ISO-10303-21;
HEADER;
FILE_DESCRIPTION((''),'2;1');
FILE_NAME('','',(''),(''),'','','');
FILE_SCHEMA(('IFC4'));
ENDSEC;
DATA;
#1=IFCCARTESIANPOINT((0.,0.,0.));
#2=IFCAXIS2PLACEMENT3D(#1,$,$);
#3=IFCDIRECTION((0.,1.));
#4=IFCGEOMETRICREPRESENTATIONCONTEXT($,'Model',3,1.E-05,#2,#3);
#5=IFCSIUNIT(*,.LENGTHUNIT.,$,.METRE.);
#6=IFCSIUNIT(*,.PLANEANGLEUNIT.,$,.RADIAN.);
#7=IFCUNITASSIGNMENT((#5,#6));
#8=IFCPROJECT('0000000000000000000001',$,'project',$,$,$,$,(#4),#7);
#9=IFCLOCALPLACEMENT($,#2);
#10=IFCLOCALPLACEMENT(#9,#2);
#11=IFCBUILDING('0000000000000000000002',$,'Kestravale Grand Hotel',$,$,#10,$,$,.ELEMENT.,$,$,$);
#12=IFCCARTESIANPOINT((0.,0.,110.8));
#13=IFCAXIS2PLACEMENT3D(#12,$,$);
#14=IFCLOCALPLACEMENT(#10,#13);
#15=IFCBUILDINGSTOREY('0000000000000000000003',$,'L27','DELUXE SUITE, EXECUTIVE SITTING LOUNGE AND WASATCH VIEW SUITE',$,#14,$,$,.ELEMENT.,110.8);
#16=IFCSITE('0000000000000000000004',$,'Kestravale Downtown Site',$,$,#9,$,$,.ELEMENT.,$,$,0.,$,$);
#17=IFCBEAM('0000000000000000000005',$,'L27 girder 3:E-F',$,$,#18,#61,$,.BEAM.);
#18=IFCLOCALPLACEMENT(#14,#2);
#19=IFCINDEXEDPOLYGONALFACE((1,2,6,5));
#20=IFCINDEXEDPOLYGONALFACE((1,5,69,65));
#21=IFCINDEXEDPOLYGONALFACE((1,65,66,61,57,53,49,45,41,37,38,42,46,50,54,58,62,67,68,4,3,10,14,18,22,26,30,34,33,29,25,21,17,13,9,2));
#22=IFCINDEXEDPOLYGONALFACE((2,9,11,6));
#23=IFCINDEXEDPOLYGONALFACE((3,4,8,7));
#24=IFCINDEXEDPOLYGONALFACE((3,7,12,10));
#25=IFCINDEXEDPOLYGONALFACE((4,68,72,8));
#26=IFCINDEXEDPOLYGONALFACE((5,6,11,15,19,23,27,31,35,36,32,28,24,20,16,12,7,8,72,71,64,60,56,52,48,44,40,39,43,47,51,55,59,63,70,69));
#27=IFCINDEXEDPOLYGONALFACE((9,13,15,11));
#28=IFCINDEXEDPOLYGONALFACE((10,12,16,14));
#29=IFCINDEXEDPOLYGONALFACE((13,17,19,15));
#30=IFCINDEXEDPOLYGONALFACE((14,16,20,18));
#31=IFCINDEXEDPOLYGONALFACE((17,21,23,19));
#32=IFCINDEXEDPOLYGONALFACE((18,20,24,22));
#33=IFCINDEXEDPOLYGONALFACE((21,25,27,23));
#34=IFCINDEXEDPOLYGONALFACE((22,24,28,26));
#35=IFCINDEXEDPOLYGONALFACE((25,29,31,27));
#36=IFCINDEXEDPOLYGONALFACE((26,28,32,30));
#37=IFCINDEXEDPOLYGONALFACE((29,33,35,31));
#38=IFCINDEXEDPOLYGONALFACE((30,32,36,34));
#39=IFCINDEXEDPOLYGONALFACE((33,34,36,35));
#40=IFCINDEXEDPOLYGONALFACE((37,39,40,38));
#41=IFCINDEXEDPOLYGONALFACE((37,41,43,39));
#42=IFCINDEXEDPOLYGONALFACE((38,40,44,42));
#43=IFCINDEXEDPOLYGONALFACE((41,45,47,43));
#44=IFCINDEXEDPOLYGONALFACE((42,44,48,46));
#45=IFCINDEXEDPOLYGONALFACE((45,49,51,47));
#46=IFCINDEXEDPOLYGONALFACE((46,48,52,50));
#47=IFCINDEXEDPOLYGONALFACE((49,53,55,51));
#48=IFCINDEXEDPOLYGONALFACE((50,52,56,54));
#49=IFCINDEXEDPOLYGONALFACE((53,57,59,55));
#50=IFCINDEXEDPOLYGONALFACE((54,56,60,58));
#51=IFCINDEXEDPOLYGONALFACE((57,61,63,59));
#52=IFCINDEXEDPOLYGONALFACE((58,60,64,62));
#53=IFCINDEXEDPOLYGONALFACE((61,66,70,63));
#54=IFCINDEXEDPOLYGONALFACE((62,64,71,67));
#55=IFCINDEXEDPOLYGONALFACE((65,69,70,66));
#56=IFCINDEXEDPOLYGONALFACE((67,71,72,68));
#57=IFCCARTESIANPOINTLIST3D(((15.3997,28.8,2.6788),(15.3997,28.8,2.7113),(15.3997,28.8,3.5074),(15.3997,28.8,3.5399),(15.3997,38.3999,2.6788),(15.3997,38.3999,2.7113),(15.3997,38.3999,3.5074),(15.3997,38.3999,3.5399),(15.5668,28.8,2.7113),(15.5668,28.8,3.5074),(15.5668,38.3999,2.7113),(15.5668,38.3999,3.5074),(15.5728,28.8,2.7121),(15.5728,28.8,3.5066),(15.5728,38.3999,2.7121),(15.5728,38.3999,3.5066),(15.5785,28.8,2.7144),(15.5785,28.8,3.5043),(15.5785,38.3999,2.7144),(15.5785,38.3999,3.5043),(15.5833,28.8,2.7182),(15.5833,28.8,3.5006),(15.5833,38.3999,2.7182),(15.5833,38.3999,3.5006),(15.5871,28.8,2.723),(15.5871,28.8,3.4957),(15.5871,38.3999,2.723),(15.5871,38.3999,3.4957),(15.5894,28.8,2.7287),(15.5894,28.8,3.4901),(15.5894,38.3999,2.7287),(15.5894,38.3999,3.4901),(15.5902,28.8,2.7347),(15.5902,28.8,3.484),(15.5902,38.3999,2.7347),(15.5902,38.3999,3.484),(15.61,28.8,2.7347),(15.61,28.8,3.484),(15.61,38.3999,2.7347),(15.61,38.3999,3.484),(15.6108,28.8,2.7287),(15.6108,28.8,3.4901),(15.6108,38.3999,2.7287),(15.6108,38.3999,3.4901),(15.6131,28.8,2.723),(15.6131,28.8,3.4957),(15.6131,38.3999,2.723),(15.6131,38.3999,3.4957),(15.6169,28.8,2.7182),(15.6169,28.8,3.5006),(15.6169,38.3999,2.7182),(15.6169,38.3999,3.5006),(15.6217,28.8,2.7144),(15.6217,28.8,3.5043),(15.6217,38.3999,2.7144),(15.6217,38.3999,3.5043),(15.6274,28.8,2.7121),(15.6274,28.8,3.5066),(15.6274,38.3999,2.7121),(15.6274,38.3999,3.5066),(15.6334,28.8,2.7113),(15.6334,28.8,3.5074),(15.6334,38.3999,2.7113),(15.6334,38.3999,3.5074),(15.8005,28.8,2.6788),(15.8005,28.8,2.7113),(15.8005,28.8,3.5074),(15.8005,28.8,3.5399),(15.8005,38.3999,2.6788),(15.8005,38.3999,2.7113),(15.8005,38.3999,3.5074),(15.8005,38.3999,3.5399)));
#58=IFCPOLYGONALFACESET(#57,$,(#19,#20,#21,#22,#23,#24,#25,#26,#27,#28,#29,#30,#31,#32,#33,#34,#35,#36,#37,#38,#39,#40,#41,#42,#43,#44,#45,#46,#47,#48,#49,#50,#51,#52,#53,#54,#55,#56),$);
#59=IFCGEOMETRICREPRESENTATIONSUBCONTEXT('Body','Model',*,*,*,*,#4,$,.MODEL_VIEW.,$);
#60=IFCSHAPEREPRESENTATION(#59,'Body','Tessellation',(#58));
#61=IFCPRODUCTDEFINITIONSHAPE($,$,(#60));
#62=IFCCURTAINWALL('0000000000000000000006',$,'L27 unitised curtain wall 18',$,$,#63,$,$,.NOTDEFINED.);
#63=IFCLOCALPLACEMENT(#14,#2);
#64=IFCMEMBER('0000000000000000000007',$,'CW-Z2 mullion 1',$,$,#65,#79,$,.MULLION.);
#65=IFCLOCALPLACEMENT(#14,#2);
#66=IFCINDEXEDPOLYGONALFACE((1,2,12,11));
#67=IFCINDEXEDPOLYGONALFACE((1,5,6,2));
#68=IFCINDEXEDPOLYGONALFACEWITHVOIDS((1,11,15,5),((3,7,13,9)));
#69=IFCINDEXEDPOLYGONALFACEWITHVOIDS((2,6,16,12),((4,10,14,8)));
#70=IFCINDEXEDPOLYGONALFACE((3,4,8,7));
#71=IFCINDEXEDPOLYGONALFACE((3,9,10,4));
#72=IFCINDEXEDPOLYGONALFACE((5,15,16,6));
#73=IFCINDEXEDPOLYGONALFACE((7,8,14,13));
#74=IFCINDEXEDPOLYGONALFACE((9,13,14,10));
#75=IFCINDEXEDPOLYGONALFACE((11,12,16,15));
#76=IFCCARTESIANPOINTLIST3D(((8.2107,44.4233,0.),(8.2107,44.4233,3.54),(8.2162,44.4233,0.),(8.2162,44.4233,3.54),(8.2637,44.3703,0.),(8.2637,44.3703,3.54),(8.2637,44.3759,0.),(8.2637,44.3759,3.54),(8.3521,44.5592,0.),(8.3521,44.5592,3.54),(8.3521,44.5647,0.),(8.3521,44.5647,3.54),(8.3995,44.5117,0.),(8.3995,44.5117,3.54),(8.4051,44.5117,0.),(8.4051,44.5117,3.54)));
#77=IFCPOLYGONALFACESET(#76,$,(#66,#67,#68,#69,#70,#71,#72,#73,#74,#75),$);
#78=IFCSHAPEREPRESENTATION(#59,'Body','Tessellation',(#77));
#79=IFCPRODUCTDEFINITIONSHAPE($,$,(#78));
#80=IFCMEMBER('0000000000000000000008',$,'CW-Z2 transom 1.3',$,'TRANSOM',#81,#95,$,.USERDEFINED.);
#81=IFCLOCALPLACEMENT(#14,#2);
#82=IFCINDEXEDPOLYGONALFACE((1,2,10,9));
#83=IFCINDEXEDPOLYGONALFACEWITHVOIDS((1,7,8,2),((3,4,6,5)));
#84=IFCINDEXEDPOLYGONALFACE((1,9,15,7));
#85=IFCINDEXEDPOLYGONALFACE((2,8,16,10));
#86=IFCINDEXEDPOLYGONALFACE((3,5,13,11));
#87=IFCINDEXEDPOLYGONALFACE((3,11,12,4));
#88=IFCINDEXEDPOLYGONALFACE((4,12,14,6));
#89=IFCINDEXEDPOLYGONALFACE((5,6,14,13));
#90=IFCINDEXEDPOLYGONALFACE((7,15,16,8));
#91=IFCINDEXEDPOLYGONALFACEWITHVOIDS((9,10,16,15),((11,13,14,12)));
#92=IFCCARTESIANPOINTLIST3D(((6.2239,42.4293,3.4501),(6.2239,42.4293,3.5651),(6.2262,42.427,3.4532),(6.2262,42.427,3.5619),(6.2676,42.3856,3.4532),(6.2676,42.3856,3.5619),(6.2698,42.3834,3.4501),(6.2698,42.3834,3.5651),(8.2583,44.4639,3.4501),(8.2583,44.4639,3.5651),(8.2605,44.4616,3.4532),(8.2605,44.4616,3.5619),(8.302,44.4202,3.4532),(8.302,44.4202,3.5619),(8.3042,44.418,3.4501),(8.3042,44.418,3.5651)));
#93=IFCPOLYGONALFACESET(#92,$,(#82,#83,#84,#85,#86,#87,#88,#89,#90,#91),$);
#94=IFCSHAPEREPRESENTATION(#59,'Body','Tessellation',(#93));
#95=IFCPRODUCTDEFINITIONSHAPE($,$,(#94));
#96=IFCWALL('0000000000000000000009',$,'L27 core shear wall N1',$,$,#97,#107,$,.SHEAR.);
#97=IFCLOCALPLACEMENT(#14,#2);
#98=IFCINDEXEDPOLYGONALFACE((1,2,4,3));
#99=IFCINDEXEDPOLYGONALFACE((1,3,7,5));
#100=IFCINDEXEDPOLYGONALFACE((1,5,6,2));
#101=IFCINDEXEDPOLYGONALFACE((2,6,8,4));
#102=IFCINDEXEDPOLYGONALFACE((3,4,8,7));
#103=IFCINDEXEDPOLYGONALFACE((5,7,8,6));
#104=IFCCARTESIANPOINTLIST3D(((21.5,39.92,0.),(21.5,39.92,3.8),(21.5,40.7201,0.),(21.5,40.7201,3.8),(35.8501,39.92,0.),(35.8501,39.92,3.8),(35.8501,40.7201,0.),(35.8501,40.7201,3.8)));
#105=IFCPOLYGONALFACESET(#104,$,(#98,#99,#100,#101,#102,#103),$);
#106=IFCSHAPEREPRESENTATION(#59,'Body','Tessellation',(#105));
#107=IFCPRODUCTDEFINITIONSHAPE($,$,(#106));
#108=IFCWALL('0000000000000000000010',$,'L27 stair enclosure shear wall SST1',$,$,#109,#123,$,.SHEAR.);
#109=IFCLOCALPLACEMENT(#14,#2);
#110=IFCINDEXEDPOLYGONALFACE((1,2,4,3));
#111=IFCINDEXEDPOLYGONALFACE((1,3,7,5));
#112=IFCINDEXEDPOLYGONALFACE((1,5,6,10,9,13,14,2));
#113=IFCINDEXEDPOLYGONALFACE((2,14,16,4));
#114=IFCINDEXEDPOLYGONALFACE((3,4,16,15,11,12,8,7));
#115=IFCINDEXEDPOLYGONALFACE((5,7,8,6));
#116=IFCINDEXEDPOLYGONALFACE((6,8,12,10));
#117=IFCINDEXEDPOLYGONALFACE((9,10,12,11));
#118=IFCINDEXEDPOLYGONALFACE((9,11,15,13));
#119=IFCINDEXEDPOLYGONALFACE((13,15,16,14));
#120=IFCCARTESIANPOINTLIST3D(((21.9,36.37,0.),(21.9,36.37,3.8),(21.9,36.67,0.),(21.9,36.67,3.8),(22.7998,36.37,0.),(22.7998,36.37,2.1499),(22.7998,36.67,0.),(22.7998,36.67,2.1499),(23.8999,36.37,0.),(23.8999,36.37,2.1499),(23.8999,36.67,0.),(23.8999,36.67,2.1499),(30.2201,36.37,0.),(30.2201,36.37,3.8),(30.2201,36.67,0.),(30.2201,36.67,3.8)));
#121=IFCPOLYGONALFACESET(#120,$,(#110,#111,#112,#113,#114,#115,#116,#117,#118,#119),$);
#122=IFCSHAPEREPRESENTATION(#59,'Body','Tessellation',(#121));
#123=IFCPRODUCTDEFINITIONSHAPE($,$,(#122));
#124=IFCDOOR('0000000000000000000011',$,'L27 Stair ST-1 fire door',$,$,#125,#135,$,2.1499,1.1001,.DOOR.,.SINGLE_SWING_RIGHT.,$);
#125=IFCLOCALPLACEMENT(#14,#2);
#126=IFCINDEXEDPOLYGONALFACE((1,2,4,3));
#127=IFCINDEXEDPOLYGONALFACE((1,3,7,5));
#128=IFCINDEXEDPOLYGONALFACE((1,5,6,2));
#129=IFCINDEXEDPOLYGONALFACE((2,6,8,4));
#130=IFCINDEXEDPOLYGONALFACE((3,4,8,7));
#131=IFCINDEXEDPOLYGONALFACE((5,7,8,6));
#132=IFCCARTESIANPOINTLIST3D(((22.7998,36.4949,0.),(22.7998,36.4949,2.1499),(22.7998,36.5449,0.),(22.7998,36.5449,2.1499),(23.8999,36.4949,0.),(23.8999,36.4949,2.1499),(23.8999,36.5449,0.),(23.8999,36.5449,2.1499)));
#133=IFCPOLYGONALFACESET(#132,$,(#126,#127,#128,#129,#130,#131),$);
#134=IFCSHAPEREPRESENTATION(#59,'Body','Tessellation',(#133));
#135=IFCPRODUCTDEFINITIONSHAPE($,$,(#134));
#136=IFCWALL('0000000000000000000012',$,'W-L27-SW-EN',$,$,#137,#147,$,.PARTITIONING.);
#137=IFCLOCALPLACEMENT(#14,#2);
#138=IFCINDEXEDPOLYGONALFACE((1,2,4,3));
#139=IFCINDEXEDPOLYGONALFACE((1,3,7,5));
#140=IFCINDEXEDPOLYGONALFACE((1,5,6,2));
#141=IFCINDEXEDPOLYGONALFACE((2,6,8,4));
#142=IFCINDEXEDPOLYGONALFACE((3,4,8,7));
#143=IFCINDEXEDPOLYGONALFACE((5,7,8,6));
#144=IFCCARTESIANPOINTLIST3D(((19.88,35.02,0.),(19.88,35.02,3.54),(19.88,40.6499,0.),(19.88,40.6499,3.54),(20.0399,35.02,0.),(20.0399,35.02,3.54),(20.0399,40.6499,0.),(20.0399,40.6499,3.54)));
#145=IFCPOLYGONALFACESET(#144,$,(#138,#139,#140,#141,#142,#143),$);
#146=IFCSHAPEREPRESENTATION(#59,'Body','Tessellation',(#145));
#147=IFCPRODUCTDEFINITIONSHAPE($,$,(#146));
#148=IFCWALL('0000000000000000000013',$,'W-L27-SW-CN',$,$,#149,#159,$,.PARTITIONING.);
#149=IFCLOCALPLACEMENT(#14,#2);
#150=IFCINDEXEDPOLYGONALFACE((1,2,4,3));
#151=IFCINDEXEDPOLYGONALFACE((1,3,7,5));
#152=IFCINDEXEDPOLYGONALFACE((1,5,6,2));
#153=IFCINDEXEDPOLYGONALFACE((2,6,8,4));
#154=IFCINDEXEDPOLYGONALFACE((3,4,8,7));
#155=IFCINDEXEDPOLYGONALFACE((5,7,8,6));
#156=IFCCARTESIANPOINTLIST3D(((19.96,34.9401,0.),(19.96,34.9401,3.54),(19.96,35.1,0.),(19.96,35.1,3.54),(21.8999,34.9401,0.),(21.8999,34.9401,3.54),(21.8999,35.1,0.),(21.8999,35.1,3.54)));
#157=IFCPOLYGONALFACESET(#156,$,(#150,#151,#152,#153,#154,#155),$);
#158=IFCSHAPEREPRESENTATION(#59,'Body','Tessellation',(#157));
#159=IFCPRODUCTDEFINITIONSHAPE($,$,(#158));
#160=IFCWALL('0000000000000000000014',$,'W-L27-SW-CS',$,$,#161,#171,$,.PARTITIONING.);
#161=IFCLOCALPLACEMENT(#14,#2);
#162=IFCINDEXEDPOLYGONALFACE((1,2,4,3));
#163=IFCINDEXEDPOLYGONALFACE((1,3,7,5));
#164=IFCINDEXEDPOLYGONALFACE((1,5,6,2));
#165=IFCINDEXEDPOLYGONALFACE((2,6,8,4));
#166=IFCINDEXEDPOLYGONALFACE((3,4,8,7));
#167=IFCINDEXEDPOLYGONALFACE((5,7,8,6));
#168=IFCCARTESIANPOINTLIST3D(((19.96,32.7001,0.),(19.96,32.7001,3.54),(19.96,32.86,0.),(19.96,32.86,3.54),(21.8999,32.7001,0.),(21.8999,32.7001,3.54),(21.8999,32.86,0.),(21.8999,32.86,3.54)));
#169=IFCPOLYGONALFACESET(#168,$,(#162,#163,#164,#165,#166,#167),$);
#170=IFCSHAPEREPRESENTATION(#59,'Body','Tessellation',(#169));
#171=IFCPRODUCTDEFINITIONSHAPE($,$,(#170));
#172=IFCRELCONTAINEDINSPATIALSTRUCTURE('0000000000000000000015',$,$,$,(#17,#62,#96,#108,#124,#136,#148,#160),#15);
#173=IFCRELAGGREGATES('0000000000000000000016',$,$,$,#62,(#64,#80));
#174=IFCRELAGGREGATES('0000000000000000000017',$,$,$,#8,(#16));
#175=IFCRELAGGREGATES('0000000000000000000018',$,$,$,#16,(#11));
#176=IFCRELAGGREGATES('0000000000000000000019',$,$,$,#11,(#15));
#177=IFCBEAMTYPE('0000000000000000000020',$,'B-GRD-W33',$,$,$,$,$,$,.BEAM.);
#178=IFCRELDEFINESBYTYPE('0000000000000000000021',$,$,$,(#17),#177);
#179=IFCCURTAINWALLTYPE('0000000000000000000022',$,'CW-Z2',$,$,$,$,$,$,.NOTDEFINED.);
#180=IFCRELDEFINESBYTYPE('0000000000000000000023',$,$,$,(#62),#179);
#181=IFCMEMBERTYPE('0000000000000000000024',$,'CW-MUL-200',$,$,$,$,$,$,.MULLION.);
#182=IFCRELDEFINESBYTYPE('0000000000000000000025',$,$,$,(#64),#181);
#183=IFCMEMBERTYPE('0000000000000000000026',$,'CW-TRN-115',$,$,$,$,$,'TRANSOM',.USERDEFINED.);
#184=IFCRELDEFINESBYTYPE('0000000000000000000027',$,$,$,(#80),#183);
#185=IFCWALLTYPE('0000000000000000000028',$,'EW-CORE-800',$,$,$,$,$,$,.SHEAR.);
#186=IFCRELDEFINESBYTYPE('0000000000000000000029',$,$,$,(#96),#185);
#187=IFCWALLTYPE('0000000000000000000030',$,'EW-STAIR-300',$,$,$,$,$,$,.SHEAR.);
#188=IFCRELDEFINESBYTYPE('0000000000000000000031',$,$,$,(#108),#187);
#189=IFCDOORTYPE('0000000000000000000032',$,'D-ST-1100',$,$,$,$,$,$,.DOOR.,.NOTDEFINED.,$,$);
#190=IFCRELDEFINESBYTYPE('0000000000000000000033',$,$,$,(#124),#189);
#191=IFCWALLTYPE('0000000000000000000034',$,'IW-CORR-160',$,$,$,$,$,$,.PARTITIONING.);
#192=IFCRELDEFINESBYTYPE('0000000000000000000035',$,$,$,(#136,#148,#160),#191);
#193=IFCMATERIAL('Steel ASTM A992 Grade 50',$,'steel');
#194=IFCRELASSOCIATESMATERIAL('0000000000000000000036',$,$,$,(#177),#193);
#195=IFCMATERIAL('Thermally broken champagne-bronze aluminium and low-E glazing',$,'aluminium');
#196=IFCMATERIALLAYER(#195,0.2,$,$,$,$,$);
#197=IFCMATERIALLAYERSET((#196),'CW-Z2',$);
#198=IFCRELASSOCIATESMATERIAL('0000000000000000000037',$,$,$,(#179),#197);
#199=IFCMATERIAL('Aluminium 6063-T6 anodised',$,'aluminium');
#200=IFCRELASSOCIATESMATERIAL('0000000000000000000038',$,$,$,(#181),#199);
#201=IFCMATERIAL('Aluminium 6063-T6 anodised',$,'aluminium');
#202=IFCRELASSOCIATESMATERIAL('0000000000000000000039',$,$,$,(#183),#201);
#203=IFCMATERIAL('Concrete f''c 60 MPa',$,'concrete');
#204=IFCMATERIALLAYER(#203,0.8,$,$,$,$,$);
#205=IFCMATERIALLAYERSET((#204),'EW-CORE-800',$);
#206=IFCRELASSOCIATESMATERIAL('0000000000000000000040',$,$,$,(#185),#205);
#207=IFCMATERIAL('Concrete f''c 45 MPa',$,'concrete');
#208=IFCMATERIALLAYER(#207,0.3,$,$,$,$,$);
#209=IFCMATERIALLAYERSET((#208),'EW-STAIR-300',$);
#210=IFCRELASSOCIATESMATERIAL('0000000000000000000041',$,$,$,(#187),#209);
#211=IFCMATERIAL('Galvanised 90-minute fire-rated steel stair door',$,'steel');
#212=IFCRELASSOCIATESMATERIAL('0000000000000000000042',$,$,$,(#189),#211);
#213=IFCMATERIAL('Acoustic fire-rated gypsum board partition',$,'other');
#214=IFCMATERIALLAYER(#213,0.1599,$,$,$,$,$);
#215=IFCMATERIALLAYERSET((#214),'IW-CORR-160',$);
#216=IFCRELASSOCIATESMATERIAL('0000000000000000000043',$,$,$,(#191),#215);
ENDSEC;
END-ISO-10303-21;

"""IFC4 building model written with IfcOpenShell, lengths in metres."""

from ifc_helpers import new_model, si_unit, direction, frame, frame_2d, origin, origin_2d, place, context, subcontext, project, spatial, rectangle, hollow_rectangle, i_section, extrude, material, layer, layer_set, material_profile, profile_set, type_object, element, fill, aggregate, save


model = new_model("IFC4")

# Units and contexts
model_context = context("Model", 3, precision=1e-05, world=origin(), true_north=direction((0.0, 1.0)))
body_context = subcontext(model_context, "Body", "Model", "MODEL_VIEW")
ifc_project = project(units=[si_unit("LENGTHUNIT", "METRE"), si_unit("PLANEANGLEUNIT", "RADIAN")], contexts=[model_context])

# Site, building, storey
site_placement = place(None, origin())
site = spatial("IfcSite", under=ifc_project, at=site_placement, Name="Kestravale Downtown Site", CompositionType="ELEMENT", RefElevation=0.0)
building_placement = place(site_placement, origin())
building = spatial("IfcBuilding", under=site, at=building_placement, Name="Kestravale Grand Hotel", CompositionType="ELEMENT")
storey_placement = place(building_placement, frame((0.0, 0.0, 110.8)))
storey = spatial("IfcBuildingStorey", under=building, at=storey_placement, Name="L27", Description="DELUXE SUITE, EXECUTIVE SITTING LOUNGE AND WASATCH VIEW SUITE", CompositionType="ELEMENT", Elevation=110.8)

# Beam
ifc_material_1 = material(Name="Steel ASTM A992 Grade 50", Category="steel")
ifc_material_profile_1 = material_profile(ifc_material_1, i_section(OverallWidth=0.4009, OverallDepth=0.8611, WebThickness=0.0198, FlangeThickness=0.0325, FilletRadius=0.0234, at=origin_2d()))
ifc_profile_set_1 = profile_set([ifc_material_profile_1], Name="Steel ASTM A992 Grade 50")
beam_type_1 = type_object("IfcBeamType", Name="B-GRD-W33", PredefinedType="BEAM", material=ifc_profile_set_1)
beam_1_placement = place(storey_placement, frame((15.6001, 28.8, 3.1094), z_axis=(0.0, 1.0, 0.0), x_axis=(-1.0, 0.0, 0.0)))
element("IfcBeam", 1, at=beam_1_placement, inside=storey, type_object=beam_type_1, Name="L27 girder 3:E-F", PredefinedType="BEAM", context=body_context, shape_type="SweptSolid", body=[
    extrude(i_section(OverallWidth=0.4009, OverallDepth=0.8611, WebThickness=0.0198, FlangeThickness=0.0325, FilletRadius=0.0234, at=origin_2d()), origin(), (0.0, 0.0, 1.0), 9.5999),
])

# Curtain wall, members
ifc_material_2 = material(Name="Thermally broken champagne-bronze aluminium and low-E glazing", Category="aluminium")
ifc_layer_1 = layer(ifc_material_2, 0.2)
ifc_layer_set_1 = layer_set([ifc_layer_1], Name="CW-Z2")
curtain_wall_type = type_object("IfcCurtainWallType", Name="CW-Z2", PredefinedType="NOTDEFINED", material=ifc_layer_set_1)
curtain_wall_placement = place(storey_placement, origin())
curtain_wall = element("IfcCurtainWall", 2, at=curtain_wall_placement, inside=storey, type_object=curtain_wall_type, Name="L27 unitised curtain wall 18", PredefinedType="NOTDEFINED")
ifc_material_3 = material(Name="Aluminium 6063-T6 anodised", Category="aluminium")
ifc_material_profile_2 = material_profile(ifc_material_3, hollow_rectangle(XDim=0.075, YDim=0.2, WallThickness=0.0039, at=origin_2d()))
ifc_profile_set_2 = profile_set([ifc_material_profile_2], Name="Aluminium 6063-T6 anodised")
member_type_1 = type_object("IfcMemberType", Name="CW-MUL-200", PredefinedType="MULLION", material=ifc_profile_set_2)
member_1_placement = place(storey_placement, frame((8.3079, 44.4675, 0.0), z_axis=(0.0, 0.0, 1.0), x_axis=(0.707107, -0.707107, 0.0)))
member_1 = element("IfcMember", 3, at=member_1_placement, type_object=member_type_1, Name="CW-Z2 mullion 1", PredefinedType="MULLION", context=body_context, shape_type="SweptSolid", body=[
    extrude(hollow_rectangle(XDim=0.075, YDim=0.2, WallThickness=0.0039, at=origin_2d()), origin(), (0.0, 0.0, 1.0), 3.54),
])
ifc_material_4 = material(Name="Aluminium 6063-T6 anodised", Category="aluminium")
ifc_material_profile_3 = material_profile(ifc_material_4, hollow_rectangle(XDim=0.0649, YDim=0.115, WallThickness=0.0032, at=origin_2d()))
ifc_profile_set_3 = profile_set([ifc_material_profile_3], Name="Aluminium 6063-T6 anodised")
member_type_2 = type_object("IfcMemberType", Name="CW-TRN-115", ElementType="TRANSOM", PredefinedType="USERDEFINED", material=ifc_profile_set_3)
member_2_placement = place(storey_placement, frame((8.2812, 44.4409, 3.5076), z_axis=(-0.707064, -0.707149, 0.0), x_axis=(0.707149, -0.707064, 0.0)))
member_2 = element("IfcMember", 4, at=member_2_placement, type_object=member_type_2, Name="CW-Z2 transom 1.3", ObjectType="TRANSOM", PredefinedType="USERDEFINED", context=body_context, shape_type="SweptSolid", body=[
    extrude(hollow_rectangle(XDim=0.0649, YDim=0.115, WallThickness=0.0032, at=origin_2d()), origin(), (0.0, 0.0, 1.0), 2.8772),
])
aggregate(curtain_wall, [member_1, member_2])

# Wall
ifc_material_5 = material(Name="Concrete f'c 60 MPa", Category="concrete")
ifc_layer_2 = layer(ifc_material_5, 0.8)
ifc_layer_set_2 = layer_set([ifc_layer_2], Name="EW-CORE-800")
wall_type_1 = type_object("IfcWallType", Name="EW-CORE-800", PredefinedType="SHEAR", material=ifc_layer_set_2)
wall_1_placement = place(storey_placement, frame((21.5, 40.3201, 0.0), z_axis=(0.0, 0.0, 1.0), x_axis=(1.0, 0.0, 0.0)))
element("IfcWall", 5, at=wall_1_placement, inside=storey, type_object=wall_type_1, Name="L27 core shear wall N1", PredefinedType="SHEAR", context=body_context, shape_type="SweptSolid", body=[
    extrude(rectangle(XDim=14.3501, YDim=0.8, at=frame_2d((7.175, 0.0))), origin(), (0.0, 0.0, 1.0), 3.8),
])

# Wall, opening, door
ifc_material_6 = material(Name="Concrete f'c 45 MPa", Category="concrete")
ifc_layer_3 = layer(ifc_material_6, 0.3)
ifc_layer_set_3 = layer_set([ifc_layer_3], Name="EW-STAIR-300")
wall_type_2 = type_object("IfcWallType", Name="EW-STAIR-300", PredefinedType="SHEAR", material=ifc_layer_set_3)
wall_2_placement = place(storey_placement, frame((21.8999, 36.52, 0.0), z_axis=(0.0, 0.0, 1.0), x_axis=(1.0, 0.0, 0.0)))
wall_2 = element("IfcWall", 6, at=wall_2_placement, inside=storey, type_object=wall_type_2, Name="L27 stair enclosure shear wall SST1", PredefinedType="SHEAR", context=body_context, shape_type="SweptSolid", body=[
    extrude(rectangle(XDim=8.3201, YDim=0.3, at=frame_2d((4.1602, 0.0))), origin(), (0.0, 0.0, 1.0), 3.8),
])
opening_1_placement = place(wall_2_placement, frame((0.8999, 0.0, 0.0)))
opening_1 = element("IfcOpeningElement", 7, at=opening_1_placement, cuts=wall_2, PredefinedType="OPENING", context=body_context, shape_type="SweptSolid", body=[
    extrude(rectangle(XDim=1.1001, YDim=2.1499, at=frame_2d((0.55, 1.075))), frame((0.0, 0.1599, 0.0), z_axis=(0.0, -1.0, 0.0), x_axis=(1.0, 0.0, 0.0)), (0.0, 0.0, 1.0), 0.3201),
])
ifc_material_7 = material(Name="Galvanised 90-minute fire-rated steel stair door", Category="steel")
door_type_1 = type_object("IfcDoorType", Name="D-ST-1100", OperationType="NOTDEFINED", PredefinedType="DOOR", material=ifc_material_7)
door_1_placement = place(opening_1_placement, origin())
door_1 = element("IfcDoor", 8, at=door_1_placement, inside=storey, type_object=door_type_1, Name="L27 Stair ST-1 fire door", OperationType="SINGLE_SWING_RIGHT", OverallHeight=2.1499, OverallWidth=1.1001, PredefinedType="DOOR", context=body_context, shape_type="SweptSolid", body=[
    extrude(rectangle(XDim=1.1001, YDim=2.1499, at=frame_2d((0.55, 1.075))), frame((0.0, 0.0249, 0.0), z_axis=(0.0, -1.0, 0.0), x_axis=(1.0, 0.0, 0.0)), (0.0, 0.0, 1.0), 0.05),
])
fill(opening_1, door_1)

# Walls
ifc_material_8 = material(Name="Acoustic fire-rated gypsum board partition", Category="other")
ifc_layer_4 = layer(ifc_material_8, 0.1599)
ifc_layer_set_4 = layer_set([ifc_layer_4], Name="IW-CORR-160")
wall_type_3 = type_object("IfcWallType", Name="IW-CORR-160", PredefinedType="PARTITIONING", material=ifc_layer_set_4)
wall_3_placement = place(storey_placement, frame((19.96, 35.02, 0.0), z_axis=(0.0, 0.0, 1.0), x_axis=(0.0, 1.0, 0.0)))
element("IfcWall", 9, at=wall_3_placement, inside=storey, type_object=wall_type_3, Name="W-L27-SW-EN", PredefinedType="PARTITIONING", context=body_context, shape_type="SweptSolid", body=[
    extrude(rectangle(XDim=5.6299, YDim=0.1599, at=frame_2d((2.8149, 0.0))), origin(), (0.0, 0.0, 1.0), 3.54),
])
for number, where, z_axis, x_axis, name in (
    (10, (19.96, 35.02, 0.0), (0.0, 0.0, 1.0), (1.0, 0.0, 0.0), "W-L27-SW-CN"),
    (11, (19.96, 32.78, 0.0), (0.0, 0.0, 1.0), (1.0, 0.0, 0.0), "W-L27-SW-CS"),
):
    element("IfcWall", number, at=place(storey_placement, frame(where, z_axis=z_axis, x_axis=x_axis)), inside=storey, type_object=wall_type_3, Name=name, PredefinedType="PARTITIONING", context=body_context, shape_type="SweptSolid", body=[
        extrude(rectangle(XDim=1.9399, YDim=0.1599, at=frame_2d((0.97, 0.0))), origin(), (0.0, 0.0, 1.0), 3.54),
    ])

save(model, "model.ifc")
